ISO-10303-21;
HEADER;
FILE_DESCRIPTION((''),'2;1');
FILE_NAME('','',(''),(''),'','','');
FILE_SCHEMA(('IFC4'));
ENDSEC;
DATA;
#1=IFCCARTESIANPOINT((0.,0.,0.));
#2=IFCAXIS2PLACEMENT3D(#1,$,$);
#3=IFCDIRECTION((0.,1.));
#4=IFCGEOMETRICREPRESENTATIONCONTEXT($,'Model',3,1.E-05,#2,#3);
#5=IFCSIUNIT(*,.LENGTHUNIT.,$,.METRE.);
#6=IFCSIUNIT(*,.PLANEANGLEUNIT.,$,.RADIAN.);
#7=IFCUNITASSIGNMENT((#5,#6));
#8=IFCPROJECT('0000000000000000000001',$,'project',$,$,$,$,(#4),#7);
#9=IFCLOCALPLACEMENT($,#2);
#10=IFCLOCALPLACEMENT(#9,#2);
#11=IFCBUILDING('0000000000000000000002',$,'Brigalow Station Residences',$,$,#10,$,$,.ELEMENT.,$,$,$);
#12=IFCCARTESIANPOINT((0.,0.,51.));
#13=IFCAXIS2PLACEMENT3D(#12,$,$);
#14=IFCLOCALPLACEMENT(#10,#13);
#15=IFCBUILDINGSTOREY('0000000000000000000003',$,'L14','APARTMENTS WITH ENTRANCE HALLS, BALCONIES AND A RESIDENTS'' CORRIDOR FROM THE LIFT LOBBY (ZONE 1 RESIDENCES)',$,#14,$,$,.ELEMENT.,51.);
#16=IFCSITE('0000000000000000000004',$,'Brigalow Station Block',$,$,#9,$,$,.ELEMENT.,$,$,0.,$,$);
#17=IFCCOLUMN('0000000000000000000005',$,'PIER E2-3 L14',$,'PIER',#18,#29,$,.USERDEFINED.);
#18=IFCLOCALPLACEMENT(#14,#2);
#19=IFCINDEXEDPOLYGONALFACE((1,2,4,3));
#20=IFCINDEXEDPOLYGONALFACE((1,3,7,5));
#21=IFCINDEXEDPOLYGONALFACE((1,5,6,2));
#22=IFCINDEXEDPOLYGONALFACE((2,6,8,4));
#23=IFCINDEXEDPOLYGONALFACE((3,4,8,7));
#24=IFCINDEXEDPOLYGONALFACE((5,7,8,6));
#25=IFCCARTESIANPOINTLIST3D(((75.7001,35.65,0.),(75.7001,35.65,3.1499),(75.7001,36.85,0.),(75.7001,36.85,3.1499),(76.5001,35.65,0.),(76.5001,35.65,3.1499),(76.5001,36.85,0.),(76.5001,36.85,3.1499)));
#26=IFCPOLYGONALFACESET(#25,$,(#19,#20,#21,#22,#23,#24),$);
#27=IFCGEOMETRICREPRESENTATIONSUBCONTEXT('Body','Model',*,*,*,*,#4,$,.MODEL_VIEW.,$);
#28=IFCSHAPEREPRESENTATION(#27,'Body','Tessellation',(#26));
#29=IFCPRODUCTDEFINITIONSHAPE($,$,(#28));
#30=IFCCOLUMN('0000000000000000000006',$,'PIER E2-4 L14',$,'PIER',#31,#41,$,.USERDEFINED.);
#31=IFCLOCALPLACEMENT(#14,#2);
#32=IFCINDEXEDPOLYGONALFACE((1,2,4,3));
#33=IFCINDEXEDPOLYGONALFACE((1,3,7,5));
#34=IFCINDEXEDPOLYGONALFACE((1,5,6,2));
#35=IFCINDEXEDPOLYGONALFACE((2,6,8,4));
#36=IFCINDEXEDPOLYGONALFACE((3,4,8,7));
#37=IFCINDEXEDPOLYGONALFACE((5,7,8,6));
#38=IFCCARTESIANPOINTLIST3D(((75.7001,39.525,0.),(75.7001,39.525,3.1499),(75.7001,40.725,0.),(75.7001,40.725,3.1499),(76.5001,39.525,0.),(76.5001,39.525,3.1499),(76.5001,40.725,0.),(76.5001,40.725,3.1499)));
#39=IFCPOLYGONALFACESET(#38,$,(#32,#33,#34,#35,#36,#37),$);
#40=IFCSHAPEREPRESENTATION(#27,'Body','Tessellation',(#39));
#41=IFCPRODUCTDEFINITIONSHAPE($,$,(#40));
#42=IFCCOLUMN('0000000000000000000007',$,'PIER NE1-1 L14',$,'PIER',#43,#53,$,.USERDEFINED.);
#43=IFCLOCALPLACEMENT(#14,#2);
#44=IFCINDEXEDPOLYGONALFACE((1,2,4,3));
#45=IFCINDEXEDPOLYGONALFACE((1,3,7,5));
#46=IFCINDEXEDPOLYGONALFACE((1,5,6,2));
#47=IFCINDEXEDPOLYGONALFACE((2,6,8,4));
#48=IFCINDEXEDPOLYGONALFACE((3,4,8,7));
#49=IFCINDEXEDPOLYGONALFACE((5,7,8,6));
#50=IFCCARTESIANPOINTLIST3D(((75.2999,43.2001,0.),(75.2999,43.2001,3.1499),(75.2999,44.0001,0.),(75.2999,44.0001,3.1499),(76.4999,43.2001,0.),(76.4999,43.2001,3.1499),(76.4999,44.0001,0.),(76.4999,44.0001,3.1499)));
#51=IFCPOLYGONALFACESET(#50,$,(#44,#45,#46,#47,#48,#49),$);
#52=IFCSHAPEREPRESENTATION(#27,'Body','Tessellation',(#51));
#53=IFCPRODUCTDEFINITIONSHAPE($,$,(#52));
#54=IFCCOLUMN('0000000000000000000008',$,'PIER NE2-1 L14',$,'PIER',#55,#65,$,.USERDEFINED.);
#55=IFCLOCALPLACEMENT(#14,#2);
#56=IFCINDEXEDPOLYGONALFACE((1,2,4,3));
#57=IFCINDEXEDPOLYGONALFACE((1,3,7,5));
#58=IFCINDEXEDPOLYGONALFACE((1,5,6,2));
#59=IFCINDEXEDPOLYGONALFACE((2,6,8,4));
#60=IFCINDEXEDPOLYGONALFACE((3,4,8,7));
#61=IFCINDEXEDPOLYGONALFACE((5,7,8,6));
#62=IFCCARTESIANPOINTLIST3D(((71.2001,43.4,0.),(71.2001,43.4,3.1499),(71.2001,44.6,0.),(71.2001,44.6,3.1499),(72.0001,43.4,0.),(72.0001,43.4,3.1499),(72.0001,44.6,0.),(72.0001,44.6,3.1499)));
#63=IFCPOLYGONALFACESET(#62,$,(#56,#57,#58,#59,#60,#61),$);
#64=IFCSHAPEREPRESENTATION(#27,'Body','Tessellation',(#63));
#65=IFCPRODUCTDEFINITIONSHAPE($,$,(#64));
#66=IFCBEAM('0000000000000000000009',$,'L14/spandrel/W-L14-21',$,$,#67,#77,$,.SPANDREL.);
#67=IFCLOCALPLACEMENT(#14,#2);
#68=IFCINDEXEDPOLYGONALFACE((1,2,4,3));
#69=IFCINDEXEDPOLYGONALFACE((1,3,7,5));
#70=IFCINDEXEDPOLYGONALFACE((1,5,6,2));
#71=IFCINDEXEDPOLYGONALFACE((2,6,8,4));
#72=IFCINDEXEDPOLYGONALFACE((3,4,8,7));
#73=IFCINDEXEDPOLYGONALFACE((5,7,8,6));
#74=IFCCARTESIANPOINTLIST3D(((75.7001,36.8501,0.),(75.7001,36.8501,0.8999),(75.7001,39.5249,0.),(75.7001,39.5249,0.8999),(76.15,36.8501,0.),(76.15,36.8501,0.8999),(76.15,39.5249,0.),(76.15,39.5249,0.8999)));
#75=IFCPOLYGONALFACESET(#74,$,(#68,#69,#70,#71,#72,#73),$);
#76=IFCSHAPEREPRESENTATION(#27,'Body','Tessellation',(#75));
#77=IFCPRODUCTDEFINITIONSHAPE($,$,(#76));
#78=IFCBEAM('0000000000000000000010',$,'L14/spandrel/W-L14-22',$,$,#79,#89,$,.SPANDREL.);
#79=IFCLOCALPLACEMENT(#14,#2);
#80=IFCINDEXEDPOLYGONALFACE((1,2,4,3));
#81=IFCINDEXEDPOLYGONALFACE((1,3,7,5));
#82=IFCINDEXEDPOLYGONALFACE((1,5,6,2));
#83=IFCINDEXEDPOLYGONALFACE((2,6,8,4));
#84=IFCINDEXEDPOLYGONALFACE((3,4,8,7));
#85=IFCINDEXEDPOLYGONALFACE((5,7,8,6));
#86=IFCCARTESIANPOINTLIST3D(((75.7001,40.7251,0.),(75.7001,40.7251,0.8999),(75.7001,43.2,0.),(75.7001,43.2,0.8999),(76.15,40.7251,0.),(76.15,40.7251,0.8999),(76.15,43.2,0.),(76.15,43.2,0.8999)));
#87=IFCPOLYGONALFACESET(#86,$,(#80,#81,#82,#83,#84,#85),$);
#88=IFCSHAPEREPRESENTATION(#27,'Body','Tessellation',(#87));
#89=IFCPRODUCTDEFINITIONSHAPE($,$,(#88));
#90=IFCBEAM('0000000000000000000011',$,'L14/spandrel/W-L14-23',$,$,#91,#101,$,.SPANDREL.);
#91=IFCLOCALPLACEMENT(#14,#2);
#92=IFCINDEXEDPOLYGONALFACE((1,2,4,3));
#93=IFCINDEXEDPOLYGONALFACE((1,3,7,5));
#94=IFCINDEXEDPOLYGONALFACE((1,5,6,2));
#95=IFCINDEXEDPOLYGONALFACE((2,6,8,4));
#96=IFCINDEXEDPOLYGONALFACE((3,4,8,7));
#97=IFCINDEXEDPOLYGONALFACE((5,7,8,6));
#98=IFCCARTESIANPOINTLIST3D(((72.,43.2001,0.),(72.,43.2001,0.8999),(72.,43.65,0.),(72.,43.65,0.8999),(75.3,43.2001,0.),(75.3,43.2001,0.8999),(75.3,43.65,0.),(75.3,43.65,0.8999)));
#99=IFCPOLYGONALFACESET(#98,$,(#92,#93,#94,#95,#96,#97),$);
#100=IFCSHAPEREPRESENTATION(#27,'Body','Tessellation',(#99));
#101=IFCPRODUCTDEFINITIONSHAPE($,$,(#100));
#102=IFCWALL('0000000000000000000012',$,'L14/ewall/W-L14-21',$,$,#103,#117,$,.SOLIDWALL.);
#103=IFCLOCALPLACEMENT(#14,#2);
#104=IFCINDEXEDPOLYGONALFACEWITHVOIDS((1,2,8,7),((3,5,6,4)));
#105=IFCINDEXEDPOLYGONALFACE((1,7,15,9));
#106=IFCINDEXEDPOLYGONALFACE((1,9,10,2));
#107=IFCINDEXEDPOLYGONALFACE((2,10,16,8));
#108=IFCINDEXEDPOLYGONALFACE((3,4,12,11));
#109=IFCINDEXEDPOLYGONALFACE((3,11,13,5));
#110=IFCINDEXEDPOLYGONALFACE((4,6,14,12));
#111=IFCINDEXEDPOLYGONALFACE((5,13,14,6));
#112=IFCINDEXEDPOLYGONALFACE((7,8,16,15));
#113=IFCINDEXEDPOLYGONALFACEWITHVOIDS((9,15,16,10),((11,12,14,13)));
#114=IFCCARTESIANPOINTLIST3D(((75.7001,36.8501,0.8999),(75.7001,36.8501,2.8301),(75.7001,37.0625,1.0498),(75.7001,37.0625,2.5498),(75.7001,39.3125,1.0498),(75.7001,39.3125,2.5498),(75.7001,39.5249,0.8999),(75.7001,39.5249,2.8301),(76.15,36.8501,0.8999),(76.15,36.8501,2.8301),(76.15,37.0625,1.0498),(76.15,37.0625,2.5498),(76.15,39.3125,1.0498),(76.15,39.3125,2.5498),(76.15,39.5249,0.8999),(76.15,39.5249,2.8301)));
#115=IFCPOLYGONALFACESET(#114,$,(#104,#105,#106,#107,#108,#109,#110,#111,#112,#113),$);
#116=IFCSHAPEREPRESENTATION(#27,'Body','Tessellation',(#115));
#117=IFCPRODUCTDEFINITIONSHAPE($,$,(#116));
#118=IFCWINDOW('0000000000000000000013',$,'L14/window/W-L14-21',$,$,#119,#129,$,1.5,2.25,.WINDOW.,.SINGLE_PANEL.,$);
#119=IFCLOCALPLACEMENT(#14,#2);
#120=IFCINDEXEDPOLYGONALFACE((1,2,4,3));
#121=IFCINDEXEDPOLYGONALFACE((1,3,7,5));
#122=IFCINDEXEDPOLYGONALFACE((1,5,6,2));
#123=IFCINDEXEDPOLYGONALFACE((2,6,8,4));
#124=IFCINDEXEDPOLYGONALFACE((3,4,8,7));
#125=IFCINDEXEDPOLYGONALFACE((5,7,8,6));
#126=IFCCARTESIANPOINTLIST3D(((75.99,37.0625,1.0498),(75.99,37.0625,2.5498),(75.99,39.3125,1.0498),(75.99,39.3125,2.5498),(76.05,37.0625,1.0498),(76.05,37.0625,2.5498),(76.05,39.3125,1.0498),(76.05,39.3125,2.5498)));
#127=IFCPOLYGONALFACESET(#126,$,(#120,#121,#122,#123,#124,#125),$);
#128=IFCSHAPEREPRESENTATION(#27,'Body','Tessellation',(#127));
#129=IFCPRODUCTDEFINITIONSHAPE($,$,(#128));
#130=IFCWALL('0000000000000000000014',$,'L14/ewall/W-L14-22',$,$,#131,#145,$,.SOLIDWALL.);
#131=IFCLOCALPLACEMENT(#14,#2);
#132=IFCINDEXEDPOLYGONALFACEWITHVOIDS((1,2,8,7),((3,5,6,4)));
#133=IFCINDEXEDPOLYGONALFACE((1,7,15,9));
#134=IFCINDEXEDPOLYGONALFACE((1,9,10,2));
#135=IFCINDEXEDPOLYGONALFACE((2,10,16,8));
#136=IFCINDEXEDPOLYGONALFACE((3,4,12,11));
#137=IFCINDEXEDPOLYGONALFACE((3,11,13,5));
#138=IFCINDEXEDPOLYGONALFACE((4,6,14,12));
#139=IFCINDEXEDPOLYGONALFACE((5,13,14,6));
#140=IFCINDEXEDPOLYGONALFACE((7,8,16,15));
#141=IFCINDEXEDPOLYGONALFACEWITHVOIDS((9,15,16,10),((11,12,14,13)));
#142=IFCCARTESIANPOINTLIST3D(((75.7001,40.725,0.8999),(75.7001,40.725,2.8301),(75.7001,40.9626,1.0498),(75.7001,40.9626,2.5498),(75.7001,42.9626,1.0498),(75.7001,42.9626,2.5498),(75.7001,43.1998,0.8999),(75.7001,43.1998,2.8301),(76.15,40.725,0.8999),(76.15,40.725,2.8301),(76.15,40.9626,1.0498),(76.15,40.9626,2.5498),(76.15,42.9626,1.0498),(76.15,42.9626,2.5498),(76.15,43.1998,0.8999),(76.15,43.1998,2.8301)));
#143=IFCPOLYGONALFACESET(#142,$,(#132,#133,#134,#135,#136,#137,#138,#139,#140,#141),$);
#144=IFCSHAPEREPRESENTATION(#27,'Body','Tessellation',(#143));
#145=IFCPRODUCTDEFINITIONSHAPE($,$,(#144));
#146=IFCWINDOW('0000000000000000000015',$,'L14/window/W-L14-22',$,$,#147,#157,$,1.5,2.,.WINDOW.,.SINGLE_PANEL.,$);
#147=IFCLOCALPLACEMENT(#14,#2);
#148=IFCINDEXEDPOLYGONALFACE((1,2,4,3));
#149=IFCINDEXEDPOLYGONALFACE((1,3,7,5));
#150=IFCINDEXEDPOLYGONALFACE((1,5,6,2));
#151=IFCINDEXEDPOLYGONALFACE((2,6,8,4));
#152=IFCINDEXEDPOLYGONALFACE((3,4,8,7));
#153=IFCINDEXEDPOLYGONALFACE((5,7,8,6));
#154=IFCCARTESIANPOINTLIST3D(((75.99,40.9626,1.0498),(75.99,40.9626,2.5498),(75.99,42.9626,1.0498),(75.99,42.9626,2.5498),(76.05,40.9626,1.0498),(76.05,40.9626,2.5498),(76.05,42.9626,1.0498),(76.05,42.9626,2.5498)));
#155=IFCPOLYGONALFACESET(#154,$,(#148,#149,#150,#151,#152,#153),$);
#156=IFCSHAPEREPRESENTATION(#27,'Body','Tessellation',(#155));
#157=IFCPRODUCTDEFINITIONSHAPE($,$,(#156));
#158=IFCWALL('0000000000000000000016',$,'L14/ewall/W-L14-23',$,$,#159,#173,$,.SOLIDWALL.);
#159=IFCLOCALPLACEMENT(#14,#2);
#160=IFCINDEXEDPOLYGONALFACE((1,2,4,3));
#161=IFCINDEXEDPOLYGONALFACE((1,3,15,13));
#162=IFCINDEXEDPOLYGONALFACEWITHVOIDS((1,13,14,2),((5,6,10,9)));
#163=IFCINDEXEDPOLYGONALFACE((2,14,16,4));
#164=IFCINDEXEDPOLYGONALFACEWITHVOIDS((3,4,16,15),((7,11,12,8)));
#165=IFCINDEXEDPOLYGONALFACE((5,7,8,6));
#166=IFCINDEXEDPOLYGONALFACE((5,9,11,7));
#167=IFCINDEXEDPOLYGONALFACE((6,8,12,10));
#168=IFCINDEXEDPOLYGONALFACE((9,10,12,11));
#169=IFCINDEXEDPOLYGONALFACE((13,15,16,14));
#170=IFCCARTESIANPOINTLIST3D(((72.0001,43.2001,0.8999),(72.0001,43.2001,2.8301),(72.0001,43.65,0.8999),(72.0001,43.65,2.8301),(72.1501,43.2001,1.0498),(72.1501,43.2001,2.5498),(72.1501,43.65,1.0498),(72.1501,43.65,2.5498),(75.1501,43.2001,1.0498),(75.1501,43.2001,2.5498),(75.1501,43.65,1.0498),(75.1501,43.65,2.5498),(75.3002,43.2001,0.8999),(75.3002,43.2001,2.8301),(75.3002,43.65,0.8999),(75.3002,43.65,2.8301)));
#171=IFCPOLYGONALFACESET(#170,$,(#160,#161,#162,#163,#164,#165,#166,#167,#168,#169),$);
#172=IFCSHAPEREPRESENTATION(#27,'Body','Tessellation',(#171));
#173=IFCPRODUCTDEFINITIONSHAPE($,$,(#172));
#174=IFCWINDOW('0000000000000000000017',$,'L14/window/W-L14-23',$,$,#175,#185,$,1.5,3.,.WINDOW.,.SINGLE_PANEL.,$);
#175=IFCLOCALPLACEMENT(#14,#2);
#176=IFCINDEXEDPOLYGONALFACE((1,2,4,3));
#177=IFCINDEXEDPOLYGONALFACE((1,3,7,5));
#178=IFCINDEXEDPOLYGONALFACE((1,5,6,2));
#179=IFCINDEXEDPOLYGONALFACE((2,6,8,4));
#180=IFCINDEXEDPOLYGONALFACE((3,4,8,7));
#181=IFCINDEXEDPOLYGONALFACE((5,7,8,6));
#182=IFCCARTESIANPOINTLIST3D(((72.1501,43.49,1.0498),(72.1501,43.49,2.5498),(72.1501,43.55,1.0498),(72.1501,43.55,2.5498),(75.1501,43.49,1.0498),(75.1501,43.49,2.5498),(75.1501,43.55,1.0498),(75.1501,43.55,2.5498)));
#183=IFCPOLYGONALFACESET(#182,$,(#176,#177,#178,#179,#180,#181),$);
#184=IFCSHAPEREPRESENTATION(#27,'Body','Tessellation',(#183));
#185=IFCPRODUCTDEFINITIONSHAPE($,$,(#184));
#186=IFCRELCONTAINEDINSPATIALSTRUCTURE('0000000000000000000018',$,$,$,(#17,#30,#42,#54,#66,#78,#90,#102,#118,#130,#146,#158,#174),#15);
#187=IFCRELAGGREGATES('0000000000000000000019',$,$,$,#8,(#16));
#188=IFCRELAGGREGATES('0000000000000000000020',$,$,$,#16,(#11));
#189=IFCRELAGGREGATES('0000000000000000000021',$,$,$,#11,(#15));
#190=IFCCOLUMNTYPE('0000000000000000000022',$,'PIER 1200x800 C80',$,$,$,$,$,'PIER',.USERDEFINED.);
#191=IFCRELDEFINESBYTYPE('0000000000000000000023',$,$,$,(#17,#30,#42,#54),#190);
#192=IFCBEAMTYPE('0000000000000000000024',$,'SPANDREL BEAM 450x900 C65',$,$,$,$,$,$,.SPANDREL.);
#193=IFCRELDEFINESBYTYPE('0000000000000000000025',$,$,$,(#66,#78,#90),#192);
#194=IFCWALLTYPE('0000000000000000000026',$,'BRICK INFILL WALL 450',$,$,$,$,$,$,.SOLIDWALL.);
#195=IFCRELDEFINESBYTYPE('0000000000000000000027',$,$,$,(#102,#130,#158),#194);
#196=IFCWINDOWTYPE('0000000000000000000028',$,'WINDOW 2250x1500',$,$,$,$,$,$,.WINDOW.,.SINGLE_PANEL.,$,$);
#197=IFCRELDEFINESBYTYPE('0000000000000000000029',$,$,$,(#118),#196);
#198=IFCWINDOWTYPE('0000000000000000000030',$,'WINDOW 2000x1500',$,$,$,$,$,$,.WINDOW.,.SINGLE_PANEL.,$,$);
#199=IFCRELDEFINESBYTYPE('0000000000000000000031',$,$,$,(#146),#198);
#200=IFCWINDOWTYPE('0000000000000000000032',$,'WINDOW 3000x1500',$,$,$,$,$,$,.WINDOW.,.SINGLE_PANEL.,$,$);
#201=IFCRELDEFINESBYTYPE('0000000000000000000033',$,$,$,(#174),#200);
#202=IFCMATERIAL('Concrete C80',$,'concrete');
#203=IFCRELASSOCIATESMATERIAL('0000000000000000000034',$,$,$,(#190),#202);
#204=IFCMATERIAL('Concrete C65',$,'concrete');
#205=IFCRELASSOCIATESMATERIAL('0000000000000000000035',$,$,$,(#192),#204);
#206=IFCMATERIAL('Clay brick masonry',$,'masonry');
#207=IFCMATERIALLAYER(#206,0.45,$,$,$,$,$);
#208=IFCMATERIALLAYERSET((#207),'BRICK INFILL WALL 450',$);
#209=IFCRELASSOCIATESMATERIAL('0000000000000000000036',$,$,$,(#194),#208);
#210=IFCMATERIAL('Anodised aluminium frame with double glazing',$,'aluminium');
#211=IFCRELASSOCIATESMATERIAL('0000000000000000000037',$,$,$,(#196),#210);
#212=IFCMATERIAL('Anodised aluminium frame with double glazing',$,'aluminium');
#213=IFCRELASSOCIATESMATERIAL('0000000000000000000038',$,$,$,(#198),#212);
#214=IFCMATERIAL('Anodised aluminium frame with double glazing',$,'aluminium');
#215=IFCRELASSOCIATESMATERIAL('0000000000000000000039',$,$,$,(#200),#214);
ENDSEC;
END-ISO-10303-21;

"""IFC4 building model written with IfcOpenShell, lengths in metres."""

from ifc_helpers import new_model, si_unit, direction, frame, frame_2d, origin, origin_2d, place, context, subcontext, project, spatial, rectangle, extrude, material, layer, layer_set, material_profile, profile_set, type_object, element, fill, save


model = new_model("IFC4")

# Units and contexts
model_context = context("Model", 3, precision=1e-05, world=origin(), true_north=direction((0.0, 1.0)))
body_context = subcontext(model_context, "Body", "Model", "MODEL_VIEW")
ifc_project = project(units=[si_unit("LENGTHUNIT", "METRE"), si_unit("PLANEANGLEUNIT", "RADIAN")], contexts=[model_context])

# Site, building, storey
site_placement = place(None, origin())
site = spatial("IfcSite", under=ifc_project, at=site_placement, Name="Brigalow Station Block", CompositionType="ELEMENT", RefElevation=0.0)
building_placement = place(site_placement, origin())
building = spatial("IfcBuilding", under=site, at=building_placement, Name="Brigalow Station Residences", CompositionType="ELEMENT")
storey_placement = place(building_placement, frame((0.0, 0.0, 51.0)))
storey = spatial("IfcBuildingStorey", under=building, at=storey_placement, Name="L14", Description="APARTMENTS WITH ENTRANCE HALLS, BALCONIES AND A RESIDENTS' CORRIDOR FROM THE LIFT LOBBY (ZONE 1 RESIDENCES)", CompositionType="ELEMENT", Elevation=51.0)

# Columns
ifc_material_1 = material(Name="Concrete C80", Category="concrete")
ifc_material_profile_1 = material_profile(ifc_material_1, rectangle(XDim=1.2, YDim=0.8, at=origin_2d()), Name="RC1200x800")
ifc_profile_set_1 = profile_set([ifc_material_profile_1], Name="Concrete C80")
column_type = type_object("IfcColumnType", Name="PIER 1200x800 C80", ElementType="PIER", PredefinedType="USERDEFINED", material=ifc_profile_set_1)
for number, where, z_axis, x_axis, name in (
    (1, (76.1001, 36.25, 0.0), (0.0, 0.0, 1.0), (0.0, 1.0, 0.0), "PIER E2-3 L14"),
    (2, (76.1001, 40.125, 0.0), (0.0, 0.0, 1.0), (0.0, 1.0, 0.0), "PIER E2-4 L14"),
    (3, (75.8999, 43.6001, 0.0), (0.0, 0.0, 1.0), (-1.0, 0.0, 0.0), "PIER NE1-1 L14"),
    (4, (71.6001, 44.0, 0.0), (0.0, 0.0, 1.0), (0.0, 1.0, 0.0), "PIER NE2-1 L14"),
):
    element("IfcColumn", number, at=place(storey_placement, frame(where, z_axis=z_axis, x_axis=x_axis)), inside=storey, type_object=column_type, Name=name, ObjectType="PIER", PredefinedType="USERDEFINED", context=body_context, shape_type="SweptSolid", body=[
        extrude(rectangle(XDim=1.2, YDim=0.8, at=origin_2d()), origin(), (0.0, 0.0, 1.0), 3.1499),
    ])

# Beams
ifc_material_2 = material(Name="Concrete C65", Category="concrete")
ifc_material_profile_2 = material_profile(ifc_material_2, rectangle(XDim=0.45, YDim=0.8999, at=origin_2d()), Name="RC450x900")
ifc_profile_set_2 = profile_set([ifc_material_profile_2], Name="Concrete C65")
beam_type = type_object("IfcBeamType", Name="SPANDREL BEAM 450x900 C65", PredefinedType="SPANDREL", material=ifc_profile_set_2)
beam_1_placement = place(storey_placement, frame((75.925, 36.8501, 0.45), z_axis=(0.0, 1.0, 0.0), x_axis=(-1.0, 0.0, 0.0)))
element("IfcBeam", 5, at=beam_1_placement, inside=storey, type_object=beam_type, Name="L14/spandrel/W-L14-21", PredefinedType="SPANDREL", context=body_context, shape_type="SweptSolid", body=[
    extrude(rectangle(XDim=0.45, YDim=0.8999, at=origin_2d()), origin(), (0.0, 0.0, 1.0), 2.6748),
])
beam_2_placement = place(storey_placement, frame((75.925, 40.7251, 0.45), z_axis=(0.0, 1.0, 0.0), x_axis=(-1.0, 0.0, 0.0)))
element("IfcBeam", 6, at=beam_2_placement, inside=storey, type_object=beam_type, Name="L14/spandrel/W-L14-22", PredefinedType="SPANDREL", context=body_context, shape_type="SweptSolid", body=[
    extrude(rectangle(XDim=0.45, YDim=0.8999, at=origin_2d()), origin(), (0.0, 0.0, 1.0), 2.4749),
])
beam_3_placement = place(storey_placement, frame((75.3, 43.425, 0.45), z_axis=(-1.0, 0.0, 0.0), x_axis=(0.0, -1.0, 0.0)))
element("IfcBeam", 7, at=beam_3_placement, inside=storey, type_object=beam_type, Name="L14/spandrel/W-L14-23", PredefinedType="SPANDREL", context=body_context, shape_type="SweptSolid", body=[
    extrude(rectangle(XDim=0.45, YDim=0.8999, at=origin_2d()), origin(), (0.0, 0.0, 1.0), 3.3),
])

# Walls, openings, windows
ifc_material_3 = material(Name="Clay brick masonry", Category="masonry")
ifc_layer_1 = layer(ifc_material_3, 0.45)
ifc_layer_set_1 = layer_set([ifc_layer_1], Name="BRICK INFILL WALL 450")
wall_type_1 = type_object("IfcWallType", Name="BRICK INFILL WALL 450", PredefinedType="SOLIDWALL", material=ifc_layer_set_1)
wall_1_placement = place(storey_placement, frame((75.925, 36.8501, 0.8999), z_axis=(0.0, 0.0, 1.0), x_axis=(0.0, 1.0, 0.0)))
wall_1 = element("IfcWall", 8, at=wall_1_placement, inside=storey, type_object=wall_type_1, Name="L14/ewall/W-L14-21", PredefinedType="SOLIDWALL", context=body_context, shape_type="SweptSolid", body=[
    extrude(rectangle(XDim=2.6748, YDim=0.45, at=frame_2d((1.3374, 0.0))), origin(), (0.0, 0.0, 1.0), 1.9302),
])
opening_1_placement = place(wall_1_placement, frame((0.2124, 0.0, 0.1499)))
opening_1 = element("IfcOpeningElement", 9, at=opening_1_placement, cuts=wall_1, PredefinedType="OPENING", context=body_context, shape_type="SweptSolid", body=[
    extrude(rectangle(XDim=2.25, YDim=1.5, at=frame_2d((1.125, 0.75))), frame((0.0, 0.2349, 0.0), z_axis=(0.0, -1.0, 0.0), x_axis=(1.0, 0.0, 0.0)), (0.0, 0.0, 1.0), 0.47),
])
ifc_material_4 = material(Name="Anodised aluminium frame with double glazing", Category="aluminium")
window_type_1 = type_object("IfcWindowType", Name="WINDOW 2250x1500", PartitioningType="SINGLE_PANEL", PredefinedType="WINDOW", material=ifc_material_4)
window_1_placement = place(opening_1_placement, origin())
window_1 = element("IfcWindow", 10, at=window_1_placement, inside=storey, type_object=window_type_1, Name="L14/window/W-L14-21", OverallHeight=1.5, OverallWidth=2.25, PartitioningType="SINGLE_PANEL", PredefinedType="WINDOW", context=body_context, shape_type="SweptSolid", body=[
    extrude(rectangle(XDim=2.25, YDim=1.5, at=frame_2d((1.125, 0.75))), frame((0.0, -0.0649, 0.0), z_axis=(0.0, -1.0, 0.0), x_axis=(1.0, 0.0, 0.0)), (0.0, 0.0, 1.0), 0.0601),
])
fill(opening_1, window_1)
wall_2_placement = place(storey_placement, frame((75.925, 40.7251, 0.8999), z_axis=(0.0, 0.0, 1.0), x_axis=(0.0, 1.0, 0.0)))
wall_2 = element("IfcWall", 11, at=wall_2_placement, inside=storey, type_object=wall_type_1, Name="L14/ewall/W-L14-22", PredefinedType="SOLIDWALL", context=body_context, shape_type="SweptSolid", body=[
    extrude(rectangle(XDim=2.4749, YDim=0.45, at=frame_2d((1.2373, 0.0))), origin(), (0.0, 0.0, 1.0), 1.9302),
])
opening_2_placement = place(wall_2_placement, frame((0.2375, 0.0, 0.1499)))
opening_2 = element("IfcOpeningElement", 12, at=opening_2_placement, cuts=wall_2, PredefinedType="OPENING", context=body_context, shape_type="SweptSolid", body=[
    extrude(rectangle(XDim=2.0, YDim=1.5, at=frame_2d((1.0, 0.75))), frame((0.0, 0.2349, 0.0), z_axis=(0.0, -1.0, 0.0), x_axis=(1.0, 0.0, 0.0)), (0.0, 0.0, 1.0), 0.47),
])
ifc_material_5 = material(Name="Anodised aluminium frame with double glazing", Category="aluminium")
window_type_2 = type_object("IfcWindowType", Name="WINDOW 2000x1500", PartitioningType="SINGLE_PANEL", PredefinedType="WINDOW", material=ifc_material_5)
window_2_placement = place(opening_2_placement, origin())
window_2 = element("IfcWindow", 13, at=window_2_placement, inside=storey, type_object=window_type_2, Name="L14/window/W-L14-22", OverallHeight=1.5, OverallWidth=2.0, PartitioningType="SINGLE_PANEL", PredefinedType="WINDOW", context=body_context, shape_type="SweptSolid", body=[
    extrude(rectangle(XDim=2.0, YDim=1.5, at=frame_2d((1.0, 0.75))), frame((0.0, -0.0649, 0.0), z_axis=(0.0, -1.0, 0.0), x_axis=(1.0, 0.0, 0.0)), (0.0, 0.0, 1.0), 0.0601),
])
fill(opening_2, window_2)
wall_3_placement = place(storey_placement, frame((75.3, 43.425, 0.8999), z_axis=(0.0, 0.0, 1.0), x_axis=(-1.0, 0.0, 0.0)))
wall_3 = element("IfcWall", 14, at=wall_3_placement, inside=storey, type_object=wall_type_1, Name="L14/ewall/W-L14-23", PredefinedType="SOLIDWALL", context=body_context, shape_type="SweptSolid", body=[
    extrude(rectangle(XDim=3.3, YDim=0.45, at=frame_2d((1.6499, 0.0))), origin(), (0.0, 0.0, 1.0), 1.9302),
])
opening_3_placement = place(wall_3_placement, frame((0.1499, 0.0, 0.1499)))
opening_3 = element("IfcOpeningElement", 15, at=opening_3_placement, cuts=wall_3, PredefinedType="OPENING", context=body_context, shape_type="SweptSolid", body=[
    extrude(rectangle(XDim=3.0, YDim=1.5, at=frame_2d((1.5, 0.75))), frame((0.0, 0.2349, 0.0), z_axis=(0.0, -1.0, 0.0), x_axis=(1.0, 0.0, 0.0)), (0.0, 0.0, 1.0), 0.47),
])
ifc_material_6 = material(Name="Anodised aluminium frame with double glazing", Category="aluminium")
window_type_3 = type_object("IfcWindowType", Name="WINDOW 3000x1500", PartitioningType="SINGLE_PANEL", PredefinedType="WINDOW", material=ifc_material_6)
window_3_placement = place(opening_3_placement, origin())
window_3 = element("IfcWindow", 16, at=window_3_placement, inside=storey, type_object=window_type_3, Name="L14/window/W-L14-23", OverallHeight=1.5, OverallWidth=3.0, PartitioningType="SINGLE_PANEL", PredefinedType="WINDOW", context=body_context, shape_type="SweptSolid", body=[
    extrude(rectangle(XDim=3.0, YDim=1.5, at=frame_2d((1.5, 0.75))), frame((0.0, -0.0649, 0.0), z_axis=(0.0, -1.0, 0.0), x_axis=(1.0, 0.0, 0.0)), (0.0, 0.0, 1.0), 0.0601),
])
fill(opening_3, window_3)

save(model, "model.ifc")
